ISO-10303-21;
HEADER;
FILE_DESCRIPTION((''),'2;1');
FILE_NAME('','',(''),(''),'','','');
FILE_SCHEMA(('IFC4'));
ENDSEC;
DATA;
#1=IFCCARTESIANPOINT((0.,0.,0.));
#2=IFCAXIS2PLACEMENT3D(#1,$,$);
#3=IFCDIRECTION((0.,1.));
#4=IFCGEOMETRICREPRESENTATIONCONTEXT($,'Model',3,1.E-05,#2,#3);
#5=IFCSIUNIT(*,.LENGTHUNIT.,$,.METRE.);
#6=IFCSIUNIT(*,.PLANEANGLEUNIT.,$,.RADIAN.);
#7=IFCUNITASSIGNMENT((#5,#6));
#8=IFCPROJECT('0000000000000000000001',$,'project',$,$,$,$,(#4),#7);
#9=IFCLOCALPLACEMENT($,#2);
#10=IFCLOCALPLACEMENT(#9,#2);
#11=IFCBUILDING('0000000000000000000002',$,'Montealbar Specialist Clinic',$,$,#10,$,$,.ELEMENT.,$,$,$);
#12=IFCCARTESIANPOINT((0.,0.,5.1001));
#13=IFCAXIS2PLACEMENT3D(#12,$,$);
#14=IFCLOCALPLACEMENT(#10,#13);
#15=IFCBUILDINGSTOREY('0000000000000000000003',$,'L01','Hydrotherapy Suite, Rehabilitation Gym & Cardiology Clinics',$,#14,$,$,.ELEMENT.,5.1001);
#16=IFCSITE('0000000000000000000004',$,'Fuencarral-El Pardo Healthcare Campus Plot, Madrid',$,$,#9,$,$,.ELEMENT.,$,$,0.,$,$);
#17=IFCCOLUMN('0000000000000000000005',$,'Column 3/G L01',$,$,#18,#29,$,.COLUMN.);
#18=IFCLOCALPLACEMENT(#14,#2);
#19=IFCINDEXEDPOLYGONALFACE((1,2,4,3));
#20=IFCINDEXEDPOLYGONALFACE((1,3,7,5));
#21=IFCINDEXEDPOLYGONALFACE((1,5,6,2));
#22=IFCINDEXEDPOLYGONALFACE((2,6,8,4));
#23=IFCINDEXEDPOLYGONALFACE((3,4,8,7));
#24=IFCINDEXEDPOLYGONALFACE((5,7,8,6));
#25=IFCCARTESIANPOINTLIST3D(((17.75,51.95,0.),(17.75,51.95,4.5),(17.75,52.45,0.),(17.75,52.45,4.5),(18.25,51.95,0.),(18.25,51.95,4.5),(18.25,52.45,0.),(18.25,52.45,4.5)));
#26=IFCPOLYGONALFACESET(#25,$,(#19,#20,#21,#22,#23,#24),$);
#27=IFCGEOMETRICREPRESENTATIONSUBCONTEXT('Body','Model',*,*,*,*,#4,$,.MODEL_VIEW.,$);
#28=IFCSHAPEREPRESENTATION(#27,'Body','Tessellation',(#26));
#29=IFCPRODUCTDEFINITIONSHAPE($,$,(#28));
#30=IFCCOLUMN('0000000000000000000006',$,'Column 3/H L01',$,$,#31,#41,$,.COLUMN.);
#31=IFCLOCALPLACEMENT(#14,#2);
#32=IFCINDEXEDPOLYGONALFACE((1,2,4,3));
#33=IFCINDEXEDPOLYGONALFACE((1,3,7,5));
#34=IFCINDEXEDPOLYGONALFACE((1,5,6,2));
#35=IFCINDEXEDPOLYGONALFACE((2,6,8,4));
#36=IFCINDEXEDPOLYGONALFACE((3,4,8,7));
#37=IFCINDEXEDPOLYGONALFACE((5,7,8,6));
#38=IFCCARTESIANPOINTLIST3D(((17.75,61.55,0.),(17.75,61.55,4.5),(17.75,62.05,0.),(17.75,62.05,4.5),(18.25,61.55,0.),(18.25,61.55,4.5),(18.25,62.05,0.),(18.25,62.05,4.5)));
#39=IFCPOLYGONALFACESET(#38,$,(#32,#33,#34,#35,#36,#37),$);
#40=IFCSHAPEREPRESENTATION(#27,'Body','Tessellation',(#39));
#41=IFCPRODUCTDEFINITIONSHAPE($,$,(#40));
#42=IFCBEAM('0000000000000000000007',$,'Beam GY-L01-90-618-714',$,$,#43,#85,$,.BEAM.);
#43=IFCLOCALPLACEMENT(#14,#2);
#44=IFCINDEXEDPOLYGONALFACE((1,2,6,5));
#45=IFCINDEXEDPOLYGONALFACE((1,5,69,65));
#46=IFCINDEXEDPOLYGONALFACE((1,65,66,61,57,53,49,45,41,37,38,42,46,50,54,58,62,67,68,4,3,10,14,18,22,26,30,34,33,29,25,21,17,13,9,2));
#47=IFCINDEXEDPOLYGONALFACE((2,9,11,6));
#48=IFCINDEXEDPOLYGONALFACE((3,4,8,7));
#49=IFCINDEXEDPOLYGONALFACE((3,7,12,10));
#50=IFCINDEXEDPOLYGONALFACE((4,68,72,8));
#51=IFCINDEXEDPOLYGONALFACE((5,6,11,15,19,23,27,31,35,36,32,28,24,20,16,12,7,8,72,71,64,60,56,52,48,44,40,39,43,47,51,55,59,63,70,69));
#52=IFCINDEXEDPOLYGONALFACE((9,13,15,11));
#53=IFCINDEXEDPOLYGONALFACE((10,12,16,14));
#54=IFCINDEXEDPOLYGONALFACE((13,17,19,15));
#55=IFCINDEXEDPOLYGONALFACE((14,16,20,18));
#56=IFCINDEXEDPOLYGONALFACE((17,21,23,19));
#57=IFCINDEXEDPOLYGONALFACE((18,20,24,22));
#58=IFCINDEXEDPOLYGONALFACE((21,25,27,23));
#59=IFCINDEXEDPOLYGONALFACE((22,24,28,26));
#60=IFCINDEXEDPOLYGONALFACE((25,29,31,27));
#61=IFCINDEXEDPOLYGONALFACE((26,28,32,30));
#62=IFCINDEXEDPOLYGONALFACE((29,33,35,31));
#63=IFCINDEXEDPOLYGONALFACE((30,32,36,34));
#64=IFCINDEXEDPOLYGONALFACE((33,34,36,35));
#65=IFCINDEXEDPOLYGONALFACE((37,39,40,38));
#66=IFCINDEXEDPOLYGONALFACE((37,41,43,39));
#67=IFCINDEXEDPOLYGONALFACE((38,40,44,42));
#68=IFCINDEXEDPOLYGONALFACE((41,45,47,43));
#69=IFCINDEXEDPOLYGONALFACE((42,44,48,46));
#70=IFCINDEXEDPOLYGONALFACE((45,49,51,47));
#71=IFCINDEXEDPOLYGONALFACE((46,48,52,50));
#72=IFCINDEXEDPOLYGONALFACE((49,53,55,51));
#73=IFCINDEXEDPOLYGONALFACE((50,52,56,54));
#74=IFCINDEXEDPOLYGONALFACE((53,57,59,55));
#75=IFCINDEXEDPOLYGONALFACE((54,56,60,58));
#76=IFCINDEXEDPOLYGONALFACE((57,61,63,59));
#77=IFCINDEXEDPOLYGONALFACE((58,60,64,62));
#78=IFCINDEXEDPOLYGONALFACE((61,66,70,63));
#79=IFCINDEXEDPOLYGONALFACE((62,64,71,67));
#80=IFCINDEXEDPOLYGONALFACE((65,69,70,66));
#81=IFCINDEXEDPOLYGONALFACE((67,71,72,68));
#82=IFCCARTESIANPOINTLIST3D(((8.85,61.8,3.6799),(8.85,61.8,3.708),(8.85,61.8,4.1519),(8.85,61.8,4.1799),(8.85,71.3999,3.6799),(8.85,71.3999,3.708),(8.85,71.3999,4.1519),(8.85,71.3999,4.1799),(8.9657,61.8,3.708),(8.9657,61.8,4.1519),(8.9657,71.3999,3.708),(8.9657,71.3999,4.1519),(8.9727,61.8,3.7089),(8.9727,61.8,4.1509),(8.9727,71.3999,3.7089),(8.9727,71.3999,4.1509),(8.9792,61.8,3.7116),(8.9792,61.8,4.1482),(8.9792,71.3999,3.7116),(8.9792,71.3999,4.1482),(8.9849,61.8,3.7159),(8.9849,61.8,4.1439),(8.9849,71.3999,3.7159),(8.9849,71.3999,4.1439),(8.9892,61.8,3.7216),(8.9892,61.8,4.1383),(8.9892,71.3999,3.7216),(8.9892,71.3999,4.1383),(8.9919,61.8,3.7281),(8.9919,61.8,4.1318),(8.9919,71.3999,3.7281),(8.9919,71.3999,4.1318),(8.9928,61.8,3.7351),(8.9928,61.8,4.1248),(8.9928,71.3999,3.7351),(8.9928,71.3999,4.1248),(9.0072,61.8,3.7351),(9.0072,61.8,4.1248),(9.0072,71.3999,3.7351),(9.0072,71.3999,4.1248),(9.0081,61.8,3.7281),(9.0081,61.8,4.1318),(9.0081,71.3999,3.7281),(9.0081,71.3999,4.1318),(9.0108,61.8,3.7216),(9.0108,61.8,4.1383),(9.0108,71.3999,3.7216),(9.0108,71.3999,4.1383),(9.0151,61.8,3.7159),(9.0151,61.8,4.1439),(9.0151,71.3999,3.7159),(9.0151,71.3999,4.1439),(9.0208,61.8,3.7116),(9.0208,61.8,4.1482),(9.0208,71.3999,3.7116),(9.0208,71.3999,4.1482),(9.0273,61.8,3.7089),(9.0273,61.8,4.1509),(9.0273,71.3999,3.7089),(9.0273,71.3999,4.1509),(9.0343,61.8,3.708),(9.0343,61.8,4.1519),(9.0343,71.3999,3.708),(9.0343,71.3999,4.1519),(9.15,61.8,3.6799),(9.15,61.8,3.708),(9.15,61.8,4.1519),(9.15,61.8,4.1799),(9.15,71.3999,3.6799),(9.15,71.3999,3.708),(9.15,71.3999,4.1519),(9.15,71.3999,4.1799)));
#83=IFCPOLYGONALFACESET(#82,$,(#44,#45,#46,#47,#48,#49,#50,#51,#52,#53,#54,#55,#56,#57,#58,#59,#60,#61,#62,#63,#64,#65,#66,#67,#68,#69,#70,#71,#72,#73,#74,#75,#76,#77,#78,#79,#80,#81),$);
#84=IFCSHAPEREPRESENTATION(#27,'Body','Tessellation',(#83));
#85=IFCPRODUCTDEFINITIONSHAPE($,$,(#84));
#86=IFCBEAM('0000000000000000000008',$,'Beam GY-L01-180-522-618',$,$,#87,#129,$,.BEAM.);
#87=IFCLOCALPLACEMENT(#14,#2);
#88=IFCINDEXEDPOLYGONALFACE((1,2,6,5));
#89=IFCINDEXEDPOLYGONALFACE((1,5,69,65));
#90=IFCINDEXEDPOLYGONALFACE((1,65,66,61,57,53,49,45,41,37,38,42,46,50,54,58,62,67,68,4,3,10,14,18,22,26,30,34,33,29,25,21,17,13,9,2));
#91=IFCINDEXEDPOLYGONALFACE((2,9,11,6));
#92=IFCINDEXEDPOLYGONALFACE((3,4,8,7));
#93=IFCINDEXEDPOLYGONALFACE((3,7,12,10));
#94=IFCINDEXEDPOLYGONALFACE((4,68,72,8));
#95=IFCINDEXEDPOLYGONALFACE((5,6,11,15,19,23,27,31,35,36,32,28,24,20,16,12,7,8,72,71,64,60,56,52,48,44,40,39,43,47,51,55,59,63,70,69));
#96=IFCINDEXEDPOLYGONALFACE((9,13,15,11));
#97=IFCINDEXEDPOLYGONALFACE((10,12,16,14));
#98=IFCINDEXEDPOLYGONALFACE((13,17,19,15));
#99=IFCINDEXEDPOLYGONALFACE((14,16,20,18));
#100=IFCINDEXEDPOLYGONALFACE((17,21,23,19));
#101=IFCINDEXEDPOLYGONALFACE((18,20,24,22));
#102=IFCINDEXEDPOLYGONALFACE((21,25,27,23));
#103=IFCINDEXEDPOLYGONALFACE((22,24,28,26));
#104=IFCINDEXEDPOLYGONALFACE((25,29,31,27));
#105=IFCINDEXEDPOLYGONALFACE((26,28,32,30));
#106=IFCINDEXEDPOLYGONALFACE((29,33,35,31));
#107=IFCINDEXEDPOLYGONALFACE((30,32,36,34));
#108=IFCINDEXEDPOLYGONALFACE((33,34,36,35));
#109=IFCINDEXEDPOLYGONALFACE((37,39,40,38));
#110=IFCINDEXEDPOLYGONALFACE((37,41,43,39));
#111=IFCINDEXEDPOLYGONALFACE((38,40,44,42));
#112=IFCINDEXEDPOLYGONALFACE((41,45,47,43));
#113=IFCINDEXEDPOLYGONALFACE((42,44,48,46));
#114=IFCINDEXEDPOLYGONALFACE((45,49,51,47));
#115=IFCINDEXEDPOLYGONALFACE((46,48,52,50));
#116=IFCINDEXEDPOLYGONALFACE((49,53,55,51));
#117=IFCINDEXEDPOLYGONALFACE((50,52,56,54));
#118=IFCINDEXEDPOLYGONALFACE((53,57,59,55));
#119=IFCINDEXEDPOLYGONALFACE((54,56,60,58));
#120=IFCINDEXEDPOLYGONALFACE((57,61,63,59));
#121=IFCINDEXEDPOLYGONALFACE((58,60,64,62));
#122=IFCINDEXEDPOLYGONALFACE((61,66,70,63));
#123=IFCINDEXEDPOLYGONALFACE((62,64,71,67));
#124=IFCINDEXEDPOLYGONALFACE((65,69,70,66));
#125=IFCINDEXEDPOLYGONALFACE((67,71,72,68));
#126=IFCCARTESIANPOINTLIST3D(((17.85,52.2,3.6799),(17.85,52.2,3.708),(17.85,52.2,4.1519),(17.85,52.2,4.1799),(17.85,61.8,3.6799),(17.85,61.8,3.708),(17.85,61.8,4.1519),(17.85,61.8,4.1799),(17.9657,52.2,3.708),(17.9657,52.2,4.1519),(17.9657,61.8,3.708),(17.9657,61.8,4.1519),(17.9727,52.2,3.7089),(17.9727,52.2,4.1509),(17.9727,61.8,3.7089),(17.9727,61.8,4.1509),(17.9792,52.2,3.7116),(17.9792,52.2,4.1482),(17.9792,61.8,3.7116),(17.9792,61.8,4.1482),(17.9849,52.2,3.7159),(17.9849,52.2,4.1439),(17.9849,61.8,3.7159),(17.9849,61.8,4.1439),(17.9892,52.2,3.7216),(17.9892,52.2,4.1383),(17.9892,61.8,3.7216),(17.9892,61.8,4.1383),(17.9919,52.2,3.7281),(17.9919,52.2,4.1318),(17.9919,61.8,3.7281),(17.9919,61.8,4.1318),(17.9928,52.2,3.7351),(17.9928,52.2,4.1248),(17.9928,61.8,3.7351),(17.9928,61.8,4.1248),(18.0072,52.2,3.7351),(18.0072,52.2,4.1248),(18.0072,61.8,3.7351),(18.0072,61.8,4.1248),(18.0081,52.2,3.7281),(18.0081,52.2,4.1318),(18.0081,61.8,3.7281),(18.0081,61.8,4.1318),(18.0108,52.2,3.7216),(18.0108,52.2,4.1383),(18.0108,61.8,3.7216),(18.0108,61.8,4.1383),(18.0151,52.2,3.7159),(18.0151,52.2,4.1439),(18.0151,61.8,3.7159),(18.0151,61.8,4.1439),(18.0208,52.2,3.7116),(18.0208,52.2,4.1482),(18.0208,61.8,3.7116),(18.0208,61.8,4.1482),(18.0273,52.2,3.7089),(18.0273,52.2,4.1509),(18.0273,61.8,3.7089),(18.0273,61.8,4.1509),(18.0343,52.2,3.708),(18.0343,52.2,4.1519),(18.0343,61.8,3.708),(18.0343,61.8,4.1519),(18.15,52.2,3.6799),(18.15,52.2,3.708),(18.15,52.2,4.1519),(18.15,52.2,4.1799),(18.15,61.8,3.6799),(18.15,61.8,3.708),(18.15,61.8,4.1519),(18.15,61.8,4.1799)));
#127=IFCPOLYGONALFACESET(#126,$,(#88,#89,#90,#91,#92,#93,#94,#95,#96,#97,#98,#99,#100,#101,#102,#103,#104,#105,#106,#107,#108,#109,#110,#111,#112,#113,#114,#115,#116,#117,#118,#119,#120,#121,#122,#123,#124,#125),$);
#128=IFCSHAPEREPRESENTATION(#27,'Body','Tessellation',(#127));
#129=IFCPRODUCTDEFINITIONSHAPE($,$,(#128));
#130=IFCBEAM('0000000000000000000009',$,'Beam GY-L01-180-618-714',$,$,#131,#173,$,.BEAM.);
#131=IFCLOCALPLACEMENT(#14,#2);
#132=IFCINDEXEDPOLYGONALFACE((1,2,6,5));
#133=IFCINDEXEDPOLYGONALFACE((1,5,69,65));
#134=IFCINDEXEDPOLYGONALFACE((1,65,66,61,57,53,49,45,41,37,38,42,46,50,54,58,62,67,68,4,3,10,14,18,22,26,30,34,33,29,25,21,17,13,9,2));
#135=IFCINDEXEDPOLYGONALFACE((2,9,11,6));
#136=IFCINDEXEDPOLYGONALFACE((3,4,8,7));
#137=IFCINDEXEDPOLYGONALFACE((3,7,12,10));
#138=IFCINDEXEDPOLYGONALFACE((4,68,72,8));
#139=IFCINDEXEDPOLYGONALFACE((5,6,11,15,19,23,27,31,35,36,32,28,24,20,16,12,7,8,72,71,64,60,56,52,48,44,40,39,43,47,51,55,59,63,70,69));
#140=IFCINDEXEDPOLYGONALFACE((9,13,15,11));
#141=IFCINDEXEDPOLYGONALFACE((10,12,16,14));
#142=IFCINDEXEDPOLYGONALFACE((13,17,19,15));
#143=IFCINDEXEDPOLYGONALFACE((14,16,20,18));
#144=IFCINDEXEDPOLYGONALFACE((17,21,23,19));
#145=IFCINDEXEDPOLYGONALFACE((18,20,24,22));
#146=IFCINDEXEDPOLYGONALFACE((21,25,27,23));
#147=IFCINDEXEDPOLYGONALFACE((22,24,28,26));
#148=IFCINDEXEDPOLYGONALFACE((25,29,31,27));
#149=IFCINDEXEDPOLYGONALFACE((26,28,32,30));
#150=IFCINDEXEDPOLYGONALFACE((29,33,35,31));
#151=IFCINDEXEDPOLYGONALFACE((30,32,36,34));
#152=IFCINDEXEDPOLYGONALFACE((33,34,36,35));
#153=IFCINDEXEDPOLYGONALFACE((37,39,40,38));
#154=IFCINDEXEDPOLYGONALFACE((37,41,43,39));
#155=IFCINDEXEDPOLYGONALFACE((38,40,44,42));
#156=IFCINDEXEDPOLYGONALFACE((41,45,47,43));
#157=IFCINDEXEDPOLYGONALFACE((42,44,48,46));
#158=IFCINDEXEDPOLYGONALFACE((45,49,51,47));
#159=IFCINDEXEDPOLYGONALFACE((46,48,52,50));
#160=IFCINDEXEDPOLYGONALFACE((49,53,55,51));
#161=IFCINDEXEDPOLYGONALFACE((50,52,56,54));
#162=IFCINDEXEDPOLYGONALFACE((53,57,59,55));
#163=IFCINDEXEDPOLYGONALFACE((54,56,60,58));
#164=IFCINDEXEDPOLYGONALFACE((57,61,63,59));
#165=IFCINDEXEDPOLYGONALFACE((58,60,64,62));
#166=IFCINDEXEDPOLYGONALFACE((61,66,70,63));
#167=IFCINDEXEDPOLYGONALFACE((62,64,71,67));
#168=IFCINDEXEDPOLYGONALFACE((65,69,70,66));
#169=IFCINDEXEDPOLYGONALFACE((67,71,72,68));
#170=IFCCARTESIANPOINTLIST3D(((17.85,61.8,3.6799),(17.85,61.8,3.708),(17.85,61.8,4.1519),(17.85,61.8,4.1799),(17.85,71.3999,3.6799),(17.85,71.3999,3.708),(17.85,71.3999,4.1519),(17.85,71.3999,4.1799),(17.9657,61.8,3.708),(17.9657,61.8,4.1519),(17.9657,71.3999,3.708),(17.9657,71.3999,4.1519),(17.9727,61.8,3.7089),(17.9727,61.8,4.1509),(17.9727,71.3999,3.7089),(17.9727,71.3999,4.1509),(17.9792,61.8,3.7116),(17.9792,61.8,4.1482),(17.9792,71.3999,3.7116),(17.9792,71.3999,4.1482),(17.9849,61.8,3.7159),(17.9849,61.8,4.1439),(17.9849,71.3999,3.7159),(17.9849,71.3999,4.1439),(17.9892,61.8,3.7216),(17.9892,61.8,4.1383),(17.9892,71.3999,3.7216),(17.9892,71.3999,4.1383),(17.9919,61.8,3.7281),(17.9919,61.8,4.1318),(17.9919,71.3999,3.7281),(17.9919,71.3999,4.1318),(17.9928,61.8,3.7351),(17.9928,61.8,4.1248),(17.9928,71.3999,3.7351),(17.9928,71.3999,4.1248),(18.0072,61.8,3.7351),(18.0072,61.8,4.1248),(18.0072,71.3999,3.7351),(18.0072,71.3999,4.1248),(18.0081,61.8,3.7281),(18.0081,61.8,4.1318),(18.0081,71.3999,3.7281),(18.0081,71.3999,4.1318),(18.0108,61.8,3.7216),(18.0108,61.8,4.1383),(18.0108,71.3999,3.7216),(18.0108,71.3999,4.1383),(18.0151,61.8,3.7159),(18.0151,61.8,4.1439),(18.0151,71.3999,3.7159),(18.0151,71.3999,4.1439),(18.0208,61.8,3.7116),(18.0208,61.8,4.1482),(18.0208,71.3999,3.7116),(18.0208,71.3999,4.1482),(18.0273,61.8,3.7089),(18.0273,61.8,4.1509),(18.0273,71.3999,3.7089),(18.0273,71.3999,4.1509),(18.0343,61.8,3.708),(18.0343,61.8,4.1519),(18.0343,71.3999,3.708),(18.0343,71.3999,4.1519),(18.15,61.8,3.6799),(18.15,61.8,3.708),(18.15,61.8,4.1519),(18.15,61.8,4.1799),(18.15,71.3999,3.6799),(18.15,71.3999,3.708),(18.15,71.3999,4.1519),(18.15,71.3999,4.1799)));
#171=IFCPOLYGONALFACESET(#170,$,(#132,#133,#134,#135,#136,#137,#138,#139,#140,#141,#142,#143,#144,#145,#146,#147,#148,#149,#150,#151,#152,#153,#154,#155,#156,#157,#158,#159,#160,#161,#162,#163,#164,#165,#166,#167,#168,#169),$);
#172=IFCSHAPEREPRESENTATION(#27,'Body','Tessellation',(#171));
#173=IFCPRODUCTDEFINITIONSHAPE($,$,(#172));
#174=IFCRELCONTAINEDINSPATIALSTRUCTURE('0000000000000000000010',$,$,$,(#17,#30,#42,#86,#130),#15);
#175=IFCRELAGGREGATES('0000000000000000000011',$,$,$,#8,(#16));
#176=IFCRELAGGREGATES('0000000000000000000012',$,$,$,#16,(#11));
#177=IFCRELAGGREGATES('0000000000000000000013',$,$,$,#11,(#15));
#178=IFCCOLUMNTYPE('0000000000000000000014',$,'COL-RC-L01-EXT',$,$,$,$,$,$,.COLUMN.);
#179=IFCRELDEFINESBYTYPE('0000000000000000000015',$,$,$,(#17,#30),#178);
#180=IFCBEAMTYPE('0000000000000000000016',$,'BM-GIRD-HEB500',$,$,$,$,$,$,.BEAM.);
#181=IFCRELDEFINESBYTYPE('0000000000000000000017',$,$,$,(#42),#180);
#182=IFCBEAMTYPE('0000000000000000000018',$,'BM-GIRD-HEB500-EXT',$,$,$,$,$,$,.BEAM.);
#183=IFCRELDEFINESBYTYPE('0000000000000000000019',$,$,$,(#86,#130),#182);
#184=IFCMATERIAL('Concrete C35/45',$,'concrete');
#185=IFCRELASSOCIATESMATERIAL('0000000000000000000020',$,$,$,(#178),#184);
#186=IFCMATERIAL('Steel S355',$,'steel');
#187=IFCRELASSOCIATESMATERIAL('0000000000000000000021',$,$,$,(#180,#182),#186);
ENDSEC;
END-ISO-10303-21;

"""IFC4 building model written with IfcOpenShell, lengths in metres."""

from ifc_helpers import new_model, si_unit, direction, frame, origin, origin_2d, place, context, subcontext, project, spatial, rectangle, i_section, extrude, material, material_profile, profile_set, type_object, element, save


model = new_model("IFC4")

# Units and contexts
model_context = context("Model", 3, precision=1e-05, world=origin(), true_north=direction((0.0, 1.0)))
body_context = subcontext(model_context, "Body", "Model", "MODEL_VIEW")
ifc_project = project(units=[si_unit("LENGTHUNIT", "METRE"), si_unit("PLANEANGLEUNIT", "RADIAN")], contexts=[model_context])

# Site, building, storey
site_placement = place(None, origin())
site = spatial("IfcSite", under=ifc_project, at=site_placement, Name="Fuencarral-El Pardo Healthcare Campus Plot, Madrid", CompositionType="ELEMENT", RefElevation=0.0)
building_placement = place(site_placement, origin())
building = spatial("IfcBuilding", under=site, at=building_placement, Name="Montealbar Specialist Clinic", CompositionType="ELEMENT")
storey_placement = place(building_placement, frame((0.0, 0.0, 5.1001)))
storey = spatial("IfcBuildingStorey", under=building, at=storey_placement, Name="L01", Description="Hydrotherapy Suite, Rehabilitation Gym & Cardiology Clinics", CompositionType="ELEMENT", Elevation=5.1001)

# Columns
ifc_material_1 = material(Name="Concrete C35/45", Category="concrete")
ifc_material_profile_1 = material_profile(ifc_material_1, rectangle(XDim=0.5, YDim=0.5, at=origin_2d()), Name="RC 500x500", Category="concrete")
ifc_profile_set_1 = profile_set([ifc_material_profile_1], Name="Concrete C35/45")
column_type = type_object("IfcColumnType", Name="COL-RC-L01-EXT", PredefinedType="COLUMN", material=ifc_profile_set_1)
for number, where, z_axis, x_axis, name in (
    (1, (18.0, 52.2, 0.0), (0.0, 0.0, 1.0), (1.0, 0.0, 0.0), "Column 3/G L01"),
    (2, (18.0, 61.8, 0.0), (0.0, 0.0, 1.0), (1.0, 0.0, 0.0), "Column 3/H L01"),
):
    element("IfcColumn", number, at=place(storey_placement, frame(where, z_axis=z_axis, x_axis=x_axis)), inside=storey, type_object=column_type, Name=name, PredefinedType="COLUMN", context=body_context, shape_type="SweptSolid", body=[
        extrude(rectangle(XDim=0.5, YDim=0.5, at=origin_2d()), origin(), (0.0, 0.0, 1.0), 4.5),
    ])

# Beams
ifc_material_2 = material(Name="Steel S355", Category="steel")
ifc_material_profile_2 = material_profile(ifc_material_2, i_section(OverallWidth=0.3, OverallDepth=0.5, WebThickness=0.0144, FlangeThickness=0.0281, FilletRadius=0.0271, at=origin_2d()), Name="HEB 500", Category="steel")
ifc_profile_set_2 = profile_set([ifc_material_profile_2], Name="Steel S355")
beam_type_1 = type_object("IfcBeamType", Name="BM-GIRD-HEB500", PredefinedType="BEAM", material=ifc_profile_set_2)
beam_1_placement = place(storey_placement, frame((9.0, 61.8, 3.9299), z_axis=(0.0, 1.0, 0.0), x_axis=(-1.0, 0.0, 0.0)))
element("IfcBeam", 3, at=beam_1_placement, inside=storey, type_object=beam_type_1, Name="Beam GY-L01-90-618-714", PredefinedType="BEAM", context=body_context, shape_type="SweptSolid", body=[
    extrude(i_section(OverallWidth=0.3, OverallDepth=0.5, WebThickness=0.0144, FlangeThickness=0.0281, FilletRadius=0.0271, at=origin_2d()), origin(), (0.0, 0.0, 1.0), 9.5999),
])
ifc_material_profile_3 = material_profile(ifc_material_2, i_section(OverallWidth=0.3, OverallDepth=0.5, WebThickness=0.0144, FlangeThickness=0.0281, FilletRadius=0.0271, at=origin_2d()), Name="HEB 500", Category="steel")
ifc_profile_set_3 = profile_set([ifc_material_profile_3], Name="Steel S355")
beam_type_2 = type_object("IfcBeamType", Name="BM-GIRD-HEB500-EXT", PredefinedType="BEAM", material=ifc_profile_set_3)
beam_2_placement = place(storey_placement, frame((18.0, 52.2, 3.9299), z_axis=(0.0, 1.0, 0.0), x_axis=(-1.0, 0.0, 0.0)))
element("IfcBeam", 4, at=beam_2_placement, inside=storey, type_object=beam_type_2, Name="Beam GY-L01-180-522-618", PredefinedType="BEAM", context=body_context, shape_type="SweptSolid", body=[
    extrude(i_section(OverallWidth=0.3, OverallDepth=0.5, WebThickness=0.0144, FlangeThickness=0.0281, FilletRadius=0.0271, at=origin_2d()), origin(), (0.0, 0.0, 1.0), 9.6001),
])
beam_3_placement = place(storey_placement, frame((18.0, 61.8, 3.9299), z_axis=(0.0, 1.0, 0.0), x_axis=(-1.0, 0.0, 0.0)))
element("IfcBeam", 5, at=beam_3_placement, inside=storey, type_object=beam_type_2, Name="Beam GY-L01-180-618-714", PredefinedType="BEAM", context=body_context, shape_type="SweptSolid", body=[
    extrude(i_section(OverallWidth=0.3, OverallDepth=0.5, WebThickness=0.0144, FlangeThickness=0.0281, FilletRadius=0.0271, at=origin_2d()), origin(), (0.0, 0.0, 1.0), 9.5999),
])

save(model, "model.ifc")
